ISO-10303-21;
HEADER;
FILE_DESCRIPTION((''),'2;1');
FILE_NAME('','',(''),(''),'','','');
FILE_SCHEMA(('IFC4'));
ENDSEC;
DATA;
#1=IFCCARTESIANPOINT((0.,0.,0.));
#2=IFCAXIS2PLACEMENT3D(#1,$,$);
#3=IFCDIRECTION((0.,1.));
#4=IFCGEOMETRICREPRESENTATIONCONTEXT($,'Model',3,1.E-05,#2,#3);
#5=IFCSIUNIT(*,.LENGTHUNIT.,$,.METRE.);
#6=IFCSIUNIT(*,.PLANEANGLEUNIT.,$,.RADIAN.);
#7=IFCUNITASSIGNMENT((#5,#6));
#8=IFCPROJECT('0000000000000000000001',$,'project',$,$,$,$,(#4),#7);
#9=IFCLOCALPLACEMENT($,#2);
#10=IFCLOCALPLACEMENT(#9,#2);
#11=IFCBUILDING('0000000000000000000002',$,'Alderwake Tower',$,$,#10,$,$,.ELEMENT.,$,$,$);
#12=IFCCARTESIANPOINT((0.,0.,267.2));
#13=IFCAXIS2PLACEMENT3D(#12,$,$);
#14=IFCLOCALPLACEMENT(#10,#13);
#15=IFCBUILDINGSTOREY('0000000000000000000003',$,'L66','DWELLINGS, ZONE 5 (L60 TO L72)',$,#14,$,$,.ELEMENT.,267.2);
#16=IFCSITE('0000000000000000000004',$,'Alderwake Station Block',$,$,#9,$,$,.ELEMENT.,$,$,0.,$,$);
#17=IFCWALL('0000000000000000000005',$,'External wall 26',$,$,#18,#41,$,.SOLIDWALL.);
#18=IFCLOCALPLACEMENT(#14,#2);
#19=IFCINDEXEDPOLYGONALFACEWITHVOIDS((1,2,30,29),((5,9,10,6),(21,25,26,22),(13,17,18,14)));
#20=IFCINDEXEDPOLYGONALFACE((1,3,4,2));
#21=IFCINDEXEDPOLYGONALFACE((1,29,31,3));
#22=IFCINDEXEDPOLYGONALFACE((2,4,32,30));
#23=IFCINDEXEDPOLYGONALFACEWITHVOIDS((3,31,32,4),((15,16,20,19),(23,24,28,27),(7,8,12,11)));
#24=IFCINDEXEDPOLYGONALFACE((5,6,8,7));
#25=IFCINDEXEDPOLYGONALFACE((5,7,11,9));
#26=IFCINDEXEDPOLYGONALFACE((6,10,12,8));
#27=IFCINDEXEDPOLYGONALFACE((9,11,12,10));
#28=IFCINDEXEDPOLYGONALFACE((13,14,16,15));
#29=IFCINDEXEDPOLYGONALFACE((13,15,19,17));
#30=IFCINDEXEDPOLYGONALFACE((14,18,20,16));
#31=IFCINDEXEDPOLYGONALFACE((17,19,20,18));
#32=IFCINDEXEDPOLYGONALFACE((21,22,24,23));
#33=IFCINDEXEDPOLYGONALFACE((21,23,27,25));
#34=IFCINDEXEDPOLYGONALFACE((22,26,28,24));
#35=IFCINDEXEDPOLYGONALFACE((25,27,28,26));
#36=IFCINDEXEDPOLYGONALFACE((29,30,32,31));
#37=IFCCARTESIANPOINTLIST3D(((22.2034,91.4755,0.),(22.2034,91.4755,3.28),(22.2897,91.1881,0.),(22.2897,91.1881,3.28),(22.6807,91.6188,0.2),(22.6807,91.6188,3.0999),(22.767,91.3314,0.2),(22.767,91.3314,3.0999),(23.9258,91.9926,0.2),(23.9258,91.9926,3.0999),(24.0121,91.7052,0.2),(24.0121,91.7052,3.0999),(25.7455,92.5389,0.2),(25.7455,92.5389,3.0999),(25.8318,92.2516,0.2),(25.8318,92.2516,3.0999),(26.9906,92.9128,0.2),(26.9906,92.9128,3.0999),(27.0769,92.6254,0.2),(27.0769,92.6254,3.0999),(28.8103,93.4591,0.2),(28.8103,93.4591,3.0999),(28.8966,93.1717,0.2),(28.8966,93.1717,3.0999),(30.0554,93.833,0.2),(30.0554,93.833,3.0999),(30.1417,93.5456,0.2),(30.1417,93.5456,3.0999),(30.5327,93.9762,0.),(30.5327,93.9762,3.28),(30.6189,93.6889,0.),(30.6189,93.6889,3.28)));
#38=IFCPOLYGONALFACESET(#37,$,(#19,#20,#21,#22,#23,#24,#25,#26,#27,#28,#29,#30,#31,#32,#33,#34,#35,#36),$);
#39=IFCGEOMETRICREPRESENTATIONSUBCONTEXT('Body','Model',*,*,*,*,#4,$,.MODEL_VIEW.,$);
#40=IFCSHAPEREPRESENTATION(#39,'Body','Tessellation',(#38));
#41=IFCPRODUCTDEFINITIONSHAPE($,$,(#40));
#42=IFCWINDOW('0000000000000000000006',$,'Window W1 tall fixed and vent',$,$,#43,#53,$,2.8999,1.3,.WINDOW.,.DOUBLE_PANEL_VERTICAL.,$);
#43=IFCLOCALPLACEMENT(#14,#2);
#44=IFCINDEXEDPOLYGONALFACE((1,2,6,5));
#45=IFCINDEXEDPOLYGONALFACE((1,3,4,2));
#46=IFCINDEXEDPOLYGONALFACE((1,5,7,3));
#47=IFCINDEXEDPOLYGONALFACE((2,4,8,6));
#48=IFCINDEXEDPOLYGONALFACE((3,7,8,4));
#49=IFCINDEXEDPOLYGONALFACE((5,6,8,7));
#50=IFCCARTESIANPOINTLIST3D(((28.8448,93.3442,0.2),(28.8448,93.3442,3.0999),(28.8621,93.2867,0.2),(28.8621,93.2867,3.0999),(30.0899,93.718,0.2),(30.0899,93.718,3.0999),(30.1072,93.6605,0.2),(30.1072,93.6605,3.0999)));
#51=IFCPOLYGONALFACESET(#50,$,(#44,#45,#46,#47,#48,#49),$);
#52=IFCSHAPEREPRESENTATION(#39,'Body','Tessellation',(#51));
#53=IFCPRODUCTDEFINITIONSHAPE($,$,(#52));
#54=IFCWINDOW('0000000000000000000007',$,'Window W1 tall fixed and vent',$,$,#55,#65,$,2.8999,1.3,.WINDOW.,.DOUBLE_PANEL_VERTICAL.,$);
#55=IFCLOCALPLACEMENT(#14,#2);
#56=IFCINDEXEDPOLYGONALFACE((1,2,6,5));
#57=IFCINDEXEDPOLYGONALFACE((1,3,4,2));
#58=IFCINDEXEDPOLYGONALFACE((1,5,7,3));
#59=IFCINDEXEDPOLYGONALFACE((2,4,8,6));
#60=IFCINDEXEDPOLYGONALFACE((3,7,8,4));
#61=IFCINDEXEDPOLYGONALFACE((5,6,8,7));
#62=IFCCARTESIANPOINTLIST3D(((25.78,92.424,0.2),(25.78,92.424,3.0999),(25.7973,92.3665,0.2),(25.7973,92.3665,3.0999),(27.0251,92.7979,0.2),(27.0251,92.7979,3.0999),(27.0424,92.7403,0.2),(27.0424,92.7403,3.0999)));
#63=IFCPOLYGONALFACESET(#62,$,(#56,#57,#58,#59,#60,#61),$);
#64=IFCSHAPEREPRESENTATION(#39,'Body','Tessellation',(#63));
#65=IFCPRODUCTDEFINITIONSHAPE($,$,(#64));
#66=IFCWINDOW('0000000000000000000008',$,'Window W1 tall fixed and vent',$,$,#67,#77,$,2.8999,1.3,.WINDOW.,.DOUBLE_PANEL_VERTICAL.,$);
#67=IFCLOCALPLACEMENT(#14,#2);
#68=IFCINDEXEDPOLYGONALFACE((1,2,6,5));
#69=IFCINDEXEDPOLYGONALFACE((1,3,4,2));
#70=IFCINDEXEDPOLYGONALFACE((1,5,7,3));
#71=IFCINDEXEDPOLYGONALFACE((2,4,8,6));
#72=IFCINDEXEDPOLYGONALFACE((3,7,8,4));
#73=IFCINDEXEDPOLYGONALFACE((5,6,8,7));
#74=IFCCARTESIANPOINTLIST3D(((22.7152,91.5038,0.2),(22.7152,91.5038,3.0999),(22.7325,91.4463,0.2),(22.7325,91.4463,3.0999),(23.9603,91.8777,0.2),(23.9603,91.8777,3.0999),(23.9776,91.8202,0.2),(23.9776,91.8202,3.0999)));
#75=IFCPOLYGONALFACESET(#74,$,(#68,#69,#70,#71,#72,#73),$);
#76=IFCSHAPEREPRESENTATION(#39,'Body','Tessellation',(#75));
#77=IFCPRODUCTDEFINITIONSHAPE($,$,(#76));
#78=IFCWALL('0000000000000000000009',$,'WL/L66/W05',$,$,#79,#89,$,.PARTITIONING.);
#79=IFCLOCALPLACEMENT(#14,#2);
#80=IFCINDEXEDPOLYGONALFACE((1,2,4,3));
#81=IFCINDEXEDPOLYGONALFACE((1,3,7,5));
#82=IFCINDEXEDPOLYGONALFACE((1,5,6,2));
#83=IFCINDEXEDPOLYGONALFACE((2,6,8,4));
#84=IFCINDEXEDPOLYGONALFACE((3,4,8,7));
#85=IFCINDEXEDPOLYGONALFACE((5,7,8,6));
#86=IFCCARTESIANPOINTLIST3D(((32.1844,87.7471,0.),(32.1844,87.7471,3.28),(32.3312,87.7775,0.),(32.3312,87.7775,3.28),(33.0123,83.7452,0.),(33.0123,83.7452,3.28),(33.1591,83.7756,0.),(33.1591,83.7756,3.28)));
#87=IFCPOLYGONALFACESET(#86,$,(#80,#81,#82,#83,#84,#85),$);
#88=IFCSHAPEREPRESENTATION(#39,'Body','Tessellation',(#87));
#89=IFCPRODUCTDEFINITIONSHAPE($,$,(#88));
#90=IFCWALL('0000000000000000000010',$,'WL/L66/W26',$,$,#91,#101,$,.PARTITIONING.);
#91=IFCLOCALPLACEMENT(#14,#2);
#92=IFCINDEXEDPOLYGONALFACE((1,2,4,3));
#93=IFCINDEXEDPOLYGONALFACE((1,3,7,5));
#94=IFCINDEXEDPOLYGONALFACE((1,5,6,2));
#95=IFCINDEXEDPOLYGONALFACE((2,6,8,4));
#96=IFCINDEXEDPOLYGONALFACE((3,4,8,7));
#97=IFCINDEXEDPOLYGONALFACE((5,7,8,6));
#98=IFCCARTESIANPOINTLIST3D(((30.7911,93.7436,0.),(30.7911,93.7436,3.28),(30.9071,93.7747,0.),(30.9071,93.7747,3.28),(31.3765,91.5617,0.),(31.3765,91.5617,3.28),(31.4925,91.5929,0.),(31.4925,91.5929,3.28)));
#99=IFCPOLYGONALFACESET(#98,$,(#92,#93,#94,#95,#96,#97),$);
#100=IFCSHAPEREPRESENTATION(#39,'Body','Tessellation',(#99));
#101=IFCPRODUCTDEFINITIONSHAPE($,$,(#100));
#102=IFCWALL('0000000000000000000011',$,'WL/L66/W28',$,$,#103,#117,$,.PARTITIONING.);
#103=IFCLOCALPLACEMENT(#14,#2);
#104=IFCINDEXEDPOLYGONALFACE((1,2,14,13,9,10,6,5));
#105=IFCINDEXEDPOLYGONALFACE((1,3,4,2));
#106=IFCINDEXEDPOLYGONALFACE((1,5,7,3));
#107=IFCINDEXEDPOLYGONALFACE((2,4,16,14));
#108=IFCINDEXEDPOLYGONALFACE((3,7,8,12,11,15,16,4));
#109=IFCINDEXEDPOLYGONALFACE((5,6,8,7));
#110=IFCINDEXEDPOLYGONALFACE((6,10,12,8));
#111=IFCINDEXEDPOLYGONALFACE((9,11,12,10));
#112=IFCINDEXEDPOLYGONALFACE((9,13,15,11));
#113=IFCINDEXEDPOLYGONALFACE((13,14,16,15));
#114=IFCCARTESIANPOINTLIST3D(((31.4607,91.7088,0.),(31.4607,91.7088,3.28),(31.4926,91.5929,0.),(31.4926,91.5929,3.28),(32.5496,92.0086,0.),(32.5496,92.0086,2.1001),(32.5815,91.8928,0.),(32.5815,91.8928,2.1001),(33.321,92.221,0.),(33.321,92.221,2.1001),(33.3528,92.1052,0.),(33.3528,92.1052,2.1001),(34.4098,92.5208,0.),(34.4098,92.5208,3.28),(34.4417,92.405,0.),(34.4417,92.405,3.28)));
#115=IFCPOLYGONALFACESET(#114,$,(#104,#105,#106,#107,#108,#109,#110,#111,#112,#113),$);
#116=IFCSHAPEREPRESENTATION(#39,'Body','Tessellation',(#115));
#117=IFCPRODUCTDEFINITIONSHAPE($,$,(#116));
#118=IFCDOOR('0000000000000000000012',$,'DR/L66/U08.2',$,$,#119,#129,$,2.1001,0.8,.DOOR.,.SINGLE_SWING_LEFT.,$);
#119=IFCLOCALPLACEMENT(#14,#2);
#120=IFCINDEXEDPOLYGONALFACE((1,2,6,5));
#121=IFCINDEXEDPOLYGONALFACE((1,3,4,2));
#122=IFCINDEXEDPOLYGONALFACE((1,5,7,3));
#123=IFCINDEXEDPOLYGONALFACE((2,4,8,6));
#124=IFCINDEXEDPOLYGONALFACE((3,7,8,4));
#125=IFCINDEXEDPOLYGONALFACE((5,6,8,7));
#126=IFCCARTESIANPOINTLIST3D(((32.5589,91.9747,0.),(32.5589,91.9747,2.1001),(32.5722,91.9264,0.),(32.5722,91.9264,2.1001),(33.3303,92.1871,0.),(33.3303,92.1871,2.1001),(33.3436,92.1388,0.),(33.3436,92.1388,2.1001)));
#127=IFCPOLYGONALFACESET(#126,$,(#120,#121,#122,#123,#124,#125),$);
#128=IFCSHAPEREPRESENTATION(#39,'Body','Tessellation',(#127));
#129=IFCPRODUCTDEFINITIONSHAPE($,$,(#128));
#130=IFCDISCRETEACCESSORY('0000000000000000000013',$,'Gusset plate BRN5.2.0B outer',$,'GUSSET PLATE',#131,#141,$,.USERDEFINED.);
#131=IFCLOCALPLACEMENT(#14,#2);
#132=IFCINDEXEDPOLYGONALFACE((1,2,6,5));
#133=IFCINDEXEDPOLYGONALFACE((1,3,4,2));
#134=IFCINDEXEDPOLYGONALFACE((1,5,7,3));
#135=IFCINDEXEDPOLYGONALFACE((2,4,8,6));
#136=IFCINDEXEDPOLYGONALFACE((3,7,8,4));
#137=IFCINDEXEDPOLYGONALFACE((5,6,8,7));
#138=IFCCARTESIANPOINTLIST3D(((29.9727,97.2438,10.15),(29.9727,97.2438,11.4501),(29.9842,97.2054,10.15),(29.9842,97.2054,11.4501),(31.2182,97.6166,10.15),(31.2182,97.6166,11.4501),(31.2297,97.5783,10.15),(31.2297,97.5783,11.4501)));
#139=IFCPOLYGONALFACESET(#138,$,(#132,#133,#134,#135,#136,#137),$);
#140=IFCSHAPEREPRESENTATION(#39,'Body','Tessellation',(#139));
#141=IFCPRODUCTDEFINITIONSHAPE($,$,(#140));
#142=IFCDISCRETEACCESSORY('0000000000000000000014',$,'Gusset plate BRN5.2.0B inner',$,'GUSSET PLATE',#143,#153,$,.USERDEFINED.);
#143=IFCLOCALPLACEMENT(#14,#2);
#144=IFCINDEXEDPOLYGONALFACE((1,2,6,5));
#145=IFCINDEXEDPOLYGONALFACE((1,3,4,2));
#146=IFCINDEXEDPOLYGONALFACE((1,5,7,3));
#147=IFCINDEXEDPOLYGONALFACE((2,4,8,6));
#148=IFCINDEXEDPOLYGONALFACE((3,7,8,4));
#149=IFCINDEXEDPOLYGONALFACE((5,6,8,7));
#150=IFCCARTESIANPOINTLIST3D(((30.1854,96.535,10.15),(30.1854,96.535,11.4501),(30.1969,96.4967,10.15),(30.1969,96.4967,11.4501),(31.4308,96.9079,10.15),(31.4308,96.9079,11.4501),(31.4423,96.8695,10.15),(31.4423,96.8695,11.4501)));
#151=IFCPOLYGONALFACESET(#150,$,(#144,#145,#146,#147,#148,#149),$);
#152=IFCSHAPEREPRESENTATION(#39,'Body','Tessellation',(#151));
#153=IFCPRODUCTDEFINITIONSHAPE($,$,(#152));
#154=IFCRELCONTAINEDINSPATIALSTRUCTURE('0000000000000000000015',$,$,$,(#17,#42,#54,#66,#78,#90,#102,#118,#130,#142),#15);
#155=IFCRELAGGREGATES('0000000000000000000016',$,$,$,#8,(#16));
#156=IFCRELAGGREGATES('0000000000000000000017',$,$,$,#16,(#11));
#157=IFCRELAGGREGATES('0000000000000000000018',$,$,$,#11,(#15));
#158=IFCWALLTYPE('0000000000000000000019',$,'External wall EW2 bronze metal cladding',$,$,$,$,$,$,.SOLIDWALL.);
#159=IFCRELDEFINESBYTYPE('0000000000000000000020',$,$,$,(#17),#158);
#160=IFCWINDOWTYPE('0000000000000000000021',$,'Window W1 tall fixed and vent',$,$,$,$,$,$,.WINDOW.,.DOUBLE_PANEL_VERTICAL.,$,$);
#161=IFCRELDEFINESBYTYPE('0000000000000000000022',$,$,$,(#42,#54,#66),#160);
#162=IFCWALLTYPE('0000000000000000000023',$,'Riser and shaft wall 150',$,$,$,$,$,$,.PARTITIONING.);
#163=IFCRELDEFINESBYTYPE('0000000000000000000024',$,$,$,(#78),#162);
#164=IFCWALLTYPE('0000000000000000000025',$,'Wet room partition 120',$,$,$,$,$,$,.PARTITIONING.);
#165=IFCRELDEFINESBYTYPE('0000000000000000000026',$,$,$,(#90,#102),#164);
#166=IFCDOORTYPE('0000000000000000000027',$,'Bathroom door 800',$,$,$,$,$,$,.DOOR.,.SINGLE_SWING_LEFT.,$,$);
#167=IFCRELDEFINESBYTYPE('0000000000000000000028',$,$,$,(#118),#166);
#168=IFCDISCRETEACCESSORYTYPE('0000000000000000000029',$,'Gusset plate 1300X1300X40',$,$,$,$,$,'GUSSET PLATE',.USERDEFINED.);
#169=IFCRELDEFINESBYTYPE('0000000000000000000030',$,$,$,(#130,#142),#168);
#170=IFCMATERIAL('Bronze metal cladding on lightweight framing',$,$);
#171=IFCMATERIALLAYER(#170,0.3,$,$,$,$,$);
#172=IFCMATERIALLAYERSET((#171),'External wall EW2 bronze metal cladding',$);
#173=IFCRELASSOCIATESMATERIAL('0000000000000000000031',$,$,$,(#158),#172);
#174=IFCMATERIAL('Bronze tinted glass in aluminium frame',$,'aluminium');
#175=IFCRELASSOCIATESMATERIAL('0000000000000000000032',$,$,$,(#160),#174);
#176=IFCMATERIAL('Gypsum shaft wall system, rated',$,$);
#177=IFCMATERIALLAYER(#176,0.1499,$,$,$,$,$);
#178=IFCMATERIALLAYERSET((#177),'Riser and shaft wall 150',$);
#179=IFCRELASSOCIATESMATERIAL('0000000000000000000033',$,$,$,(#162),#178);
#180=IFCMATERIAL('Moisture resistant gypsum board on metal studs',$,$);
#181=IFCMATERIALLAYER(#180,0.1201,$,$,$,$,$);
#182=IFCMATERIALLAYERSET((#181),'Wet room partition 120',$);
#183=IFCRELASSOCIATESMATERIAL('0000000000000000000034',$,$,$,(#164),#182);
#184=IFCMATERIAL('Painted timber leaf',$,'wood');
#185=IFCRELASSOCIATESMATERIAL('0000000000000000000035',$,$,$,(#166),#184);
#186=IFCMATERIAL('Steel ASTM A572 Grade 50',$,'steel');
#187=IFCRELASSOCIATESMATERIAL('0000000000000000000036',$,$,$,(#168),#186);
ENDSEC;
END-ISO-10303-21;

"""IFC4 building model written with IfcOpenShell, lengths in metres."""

from ifc_helpers import new_model, si_unit, direction, frame, frame_2d, origin, origin_2d, place, context, subcontext, project, spatial, rectangle, extrude, material, layer, layer_set, material_profile, profile_set, type_object, element, fill, save


model = new_model("IFC4")

# Units and contexts
model_context = context("Model", 3, precision=1e-05, world=origin(), true_north=direction((0.0, 1.0)))
body_context = subcontext(model_context, "Body", "Model", "MODEL_VIEW")
ifc_project = project(units=[si_unit("LENGTHUNIT", "METRE"), si_unit("PLANEANGLEUNIT", "RADIAN")], contexts=[model_context])

# Site, building, storey
site_placement = place(None, origin())
site = spatial("IfcSite", under=ifc_project, at=site_placement, Name="Alderwake Station Block", CompositionType="ELEMENT", RefElevation=0.0)
building_placement = place(site_placement, origin())
building = spatial("IfcBuilding", under=site, at=building_placement, Name="Alderwake Tower", CompositionType="ELEMENT")
storey_placement = place(building_placement, frame((0.0, 0.0, 267.2)))
storey = spatial("IfcBuildingStorey", under=building, at=storey_placement, Name="L66", Description="DWELLINGS, ZONE 5 (L60 TO L72)", CompositionType="ELEMENT", Elevation=267.2)

# Wall, openings, windows
ifc_material_1 = material(Name="Bronze metal cladding on lightweight framing")
ifc_layer_1 = layer(ifc_material_1, 0.3)
ifc_layer_set_1 = layer_set([ifc_layer_1], Name="External wall EW2 bronze metal cladding")
wall_type_1 = type_object("IfcWallType", Name="External wall EW2 bronze metal cladding", PredefinedType="SOLIDWALL", material=ifc_layer_set_1)
ifc_material_2 = material(Name="Bronze tinted glass in aluminium frame", Category="aluminium")
window_type_1 = type_object("IfcWindowType", Name="Window W1 tall fixed and vent", PartitioningType="DOUBLE_PANEL_VERTICAL", PredefinedType="WINDOW", material=ifc_material_2)
wall_1_placement = place(storey_placement, frame((30.5757, 93.8325, 0.0), z_axis=(0.0, 0.0, 1.0), x_axis=(-0.957763, -0.287559, 0.0)))
wall_1 = element("IfcWall", 1, at=wall_1_placement, inside=storey, type_object=wall_type_1, Name="External wall 26", PredefinedType="SOLIDWALL", context=body_context, shape_type="SweptSolid", body=[
    extrude(rectangle(XDim=8.6965, YDim=0.3, at=frame_2d((4.3481, 0.0))), origin(), (0.0, 0.0, 1.0), 3.28),
])
opening_1_placement = place(wall_1_placement, frame((0.4983, 0.0, 0.2)))
opening_1 = element("IfcOpeningElement", 2, at=opening_1_placement, cuts=wall_1, PredefinedType="OPENING", context=body_context, shape_type="SweptSolid", body=[
    extrude(rectangle(XDim=1.3, YDim=2.8999, at=frame_2d((0.6499, 1.45))), frame((0.0, 0.1599, 0.0), z_axis=(0.0, -1.0, 0.0), x_axis=(1.0, 0.0, 0.0)), (0.0, 0.0, 1.0), 0.3201),
])
opening_2_placement = place(wall_1_placement, frame((3.6982, 0.0, 0.2)))
opening_2 = element("IfcOpeningElement", 3, at=opening_2_placement, cuts=wall_1, PredefinedType="OPENING", context=body_context, shape_type="SweptSolid", body=[
    extrude(rectangle(XDim=1.3, YDim=2.8999, at=frame_2d((0.6499, 1.45))), frame((0.0, 0.1599, 0.0), z_axis=(0.0, -1.0, 0.0), x_axis=(1.0, 0.0, 0.0)), (0.0, 0.0, 1.0), 0.3201),
])
opening_3_placement = place(wall_1_placement, frame((6.8982, 0.0, 0.2)))
opening_3 = element("IfcOpeningElement", 4, at=opening_3_placement, cuts=wall_1, PredefinedType="OPENING", context=body_context, shape_type="SweptSolid", body=[
    extrude(rectangle(XDim=1.3, YDim=2.8999, at=frame_2d((0.6499, 1.45))), frame((0.0, 0.1599, 0.0), z_axis=(0.0, -1.0, 0.0), x_axis=(1.0, 0.0, 0.0)), (0.0, 0.0, 1.0), 0.3201),
])
window_1_placement = place(opening_1_placement, origin())
window_1 = element("IfcWindow", 5, at=window_1_placement, inside=storey, type_object=window_type_1, Name="Window W1 tall fixed and vent", OverallHeight=2.8999, OverallWidth=1.3, PartitioningType="DOUBLE_PANEL_VERTICAL", PredefinedType="WINDOW", context=body_context, shape_type="SweptSolid", body=[
    extrude(rectangle(XDim=1.3, YDim=2.8999, at=frame_2d((0.6499, 1.45))), frame((0.0, 0.03, 0.0), z_axis=(0.0, -1.0, 0.0), x_axis=(1.0, 0.0, 0.0)), (0.0, 0.0, 1.0), 0.0601),
])
fill(opening_1, window_1)
window_2_placement = place(opening_2_placement, origin())
window_2 = element("IfcWindow", 6, at=window_2_placement, inside=storey, type_object=window_type_1, Name="Window W1 tall fixed and vent", OverallHeight=2.8999, OverallWidth=1.3, PartitioningType="DOUBLE_PANEL_VERTICAL", PredefinedType="WINDOW", context=body_context, shape_type="SweptSolid", body=[
    extrude(rectangle(XDim=1.3, YDim=2.8999, at=frame_2d((0.6499, 1.45))), frame((0.0, 0.03, 0.0), z_axis=(0.0, -1.0, 0.0), x_axis=(1.0, 0.0, 0.0)), (0.0, 0.0, 1.0), 0.0601),
])
fill(opening_2, window_2)
window_3_placement = place(opening_3_placement, origin())
window_3 = element("IfcWindow", 7, at=window_3_placement, inside=storey, type_object=window_type_1, Name="Window W1 tall fixed and vent", OverallHeight=2.8999, OverallWidth=1.3, PartitioningType="DOUBLE_PANEL_VERTICAL", PredefinedType="WINDOW", context=body_context, shape_type="SweptSolid", body=[
    extrude(rectangle(XDim=1.3, YDim=2.8999, at=frame_2d((0.6499, 1.45))), frame((0.0, 0.03, 0.0), z_axis=(0.0, -1.0, 0.0), x_axis=(1.0, 0.0, 0.0)), (0.0, 0.0, 1.0), 0.0601),
])
fill(opening_3, window_3)

# Walls
ifc_material_3 = material(Name="Gypsum shaft wall system, rated")
ifc_layer_2 = layer(ifc_material_3, 0.1499)
ifc_layer_set_2 = layer_set([ifc_layer_2], Name="Riser and shaft wall 150")
wall_type_2 = type_object("IfcWallType", Name="Riser and shaft wall 150", PredefinedType="PARTITIONING", material=ifc_layer_set_2)
wall_2_placement = place(storey_placement, frame((33.0857, 83.7603, 0.0), z_axis=(0.0, 0.0, 1.0), x_axis=(-0.20258, 0.979266, 0.0)))
element("IfcWall", 8, at=wall_2_placement, inside=storey, type_object=wall_type_2, Name="WL/L66/W05", PredefinedType="PARTITIONING", context=body_context, shape_type="SweptSolid", body=[
    extrude(rectangle(XDim=4.0867, YDim=0.1499, at=frame_2d((2.0435, 0.0))), origin(), (0.0, 0.0, 1.0), 3.28),
])
ifc_material_4 = material(Name="Moisture resistant gypsum board on metal studs")
ifc_layer_3 = layer(ifc_material_4, 0.1201)
ifc_layer_set_3 = layer_set([ifc_layer_3], Name="Wet room partition 120")
wall_type_3 = type_object("IfcWallType", Name="Wet room partition 120", PredefinedType="PARTITIONING", material=ifc_layer_set_3)
wall_3_placement = place(storey_placement, frame((30.8491, 93.759, 0.0), z_axis=(0.0, 0.0, 1.0), x_axis=(0.259156, -0.965836, 0.0)))
element("IfcWall", 9, at=wall_3_placement, inside=storey, type_object=wall_type_3, Name="WL/L66/W26", PredefinedType="PARTITIONING", context=body_context, shape_type="SweptSolid", body=[
    extrude(rectangle(XDim=2.259, YDim=0.1201, at=frame_2d((1.1294, 0.0))), origin(), (0.0, 0.0, 1.0), 3.28),
])

# Wall, opening, door
wall_4_placement = place(storey_placement, frame((31.4768, 91.6509, 0.0), z_axis=(0.0, 0.0, 1.0), x_axis=(0.964118, 0.265474, 0.0)))
wall_4 = element("IfcWall", 10, at=wall_4_placement, inside=storey, type_object=wall_type_3, Name="WL/L66/W28", PredefinedType="PARTITIONING", context=body_context, shape_type="SweptSolid", body=[
    extrude(rectangle(XDim=3.0588, YDim=0.1201, at=frame_2d((1.5293, 0.0))), origin(), (0.0, 0.0, 1.0), 3.28),
])
opening_4_placement = place(wall_4_placement, frame((1.1294, 0.0, 0.0)))
opening_4 = element("IfcOpeningElement", 11, at=opening_4_placement, cuts=wall_4, PredefinedType="OPENING", context=body_context, shape_type="SweptSolid", body=[
    extrude(rectangle(XDim=0.8, YDim=2.1001, at=frame_2d((0.3999, 1.05))), frame((0.0, 0.0701, 0.0), z_axis=(0.0, -1.0, 0.0), x_axis=(1.0, 0.0, 0.0)), (0.0, 0.0, 1.0), 0.1401),
])
ifc_material_5 = material(Name="Painted timber leaf", Category="wood")
door_type_1 = type_object("IfcDoorType", Name="Bathroom door 800", OperationType="SINGLE_SWING_LEFT", PredefinedType="DOOR", material=ifc_material_5)
door_1_placement = place(opening_4_placement, origin())
door_1 = element("IfcDoor", 12, at=door_1_placement, inside=storey, type_object=door_type_1, Name="DR/L66/U08.2", OperationType="SINGLE_SWING_LEFT", OverallHeight=2.1001, OverallWidth=0.8, PredefinedType="DOOR", context=body_context, shape_type="SweptSolid", body=[
    extrude(rectangle(XDim=0.8, YDim=2.1001, at=frame_2d((0.3999, 1.05))), frame((0.0, 0.0249, 0.0), z_axis=(0.0, -1.0, 0.0), x_axis=(1.0, 0.0, 0.0)), (0.0, 0.0, 1.0), 0.05),
])
fill(opening_4, door_1)

# Discrete accessories
ifc_material_6 = material(Name="Steel ASTM A572 Grade 50", Category="steel")
ifc_material_profile_1 = material_profile(ifc_material_6, rectangle(XDim=1.3, YDim=1.3, at=origin_2d()), Name="gusset 1300X1300")
ifc_profile_set_1 = profile_set([ifc_material_profile_1], Name="Steel ASTM A572 Grade 50")
discrete_accessory_type = type_object("IfcDiscreteAccessoryType", Name="Gusset plate 1300X1300X40", ElementType="GUSSET PLATE", PredefinedType="USERDEFINED", material=ifc_profile_set_1)
for number, where, z_axis, x_axis, name in (
    (13, (30.6069, 97.3918, 10.8), (-0.286788, 0.957994, 0.0), (-0.957994, -0.286788, 0.0), "Gusset plate BRN5.2.0B outer"),
    (14, (30.8081, 96.7214, 10.8), (0.286788, -0.957994, 0.0), (0.957994, 0.286788, 0.0), "Gusset plate BRN5.2.0B inner"),
):
    element("IfcDiscreteAccessory", number, at=place(storey_placement, frame(where, z_axis=z_axis, x_axis=x_axis)), inside=storey, type_object=discrete_accessory_type, Name=name, ObjectType="GUSSET PLATE", PredefinedType="USERDEFINED", context=body_context, shape_type="SweptSolid", body=[
        extrude(rectangle(XDim=1.3, YDim=1.3, at=origin_2d()), origin(), (0.0, 0.0, 1.0), 0.04),
    ])

save(model, "model.ifc")
